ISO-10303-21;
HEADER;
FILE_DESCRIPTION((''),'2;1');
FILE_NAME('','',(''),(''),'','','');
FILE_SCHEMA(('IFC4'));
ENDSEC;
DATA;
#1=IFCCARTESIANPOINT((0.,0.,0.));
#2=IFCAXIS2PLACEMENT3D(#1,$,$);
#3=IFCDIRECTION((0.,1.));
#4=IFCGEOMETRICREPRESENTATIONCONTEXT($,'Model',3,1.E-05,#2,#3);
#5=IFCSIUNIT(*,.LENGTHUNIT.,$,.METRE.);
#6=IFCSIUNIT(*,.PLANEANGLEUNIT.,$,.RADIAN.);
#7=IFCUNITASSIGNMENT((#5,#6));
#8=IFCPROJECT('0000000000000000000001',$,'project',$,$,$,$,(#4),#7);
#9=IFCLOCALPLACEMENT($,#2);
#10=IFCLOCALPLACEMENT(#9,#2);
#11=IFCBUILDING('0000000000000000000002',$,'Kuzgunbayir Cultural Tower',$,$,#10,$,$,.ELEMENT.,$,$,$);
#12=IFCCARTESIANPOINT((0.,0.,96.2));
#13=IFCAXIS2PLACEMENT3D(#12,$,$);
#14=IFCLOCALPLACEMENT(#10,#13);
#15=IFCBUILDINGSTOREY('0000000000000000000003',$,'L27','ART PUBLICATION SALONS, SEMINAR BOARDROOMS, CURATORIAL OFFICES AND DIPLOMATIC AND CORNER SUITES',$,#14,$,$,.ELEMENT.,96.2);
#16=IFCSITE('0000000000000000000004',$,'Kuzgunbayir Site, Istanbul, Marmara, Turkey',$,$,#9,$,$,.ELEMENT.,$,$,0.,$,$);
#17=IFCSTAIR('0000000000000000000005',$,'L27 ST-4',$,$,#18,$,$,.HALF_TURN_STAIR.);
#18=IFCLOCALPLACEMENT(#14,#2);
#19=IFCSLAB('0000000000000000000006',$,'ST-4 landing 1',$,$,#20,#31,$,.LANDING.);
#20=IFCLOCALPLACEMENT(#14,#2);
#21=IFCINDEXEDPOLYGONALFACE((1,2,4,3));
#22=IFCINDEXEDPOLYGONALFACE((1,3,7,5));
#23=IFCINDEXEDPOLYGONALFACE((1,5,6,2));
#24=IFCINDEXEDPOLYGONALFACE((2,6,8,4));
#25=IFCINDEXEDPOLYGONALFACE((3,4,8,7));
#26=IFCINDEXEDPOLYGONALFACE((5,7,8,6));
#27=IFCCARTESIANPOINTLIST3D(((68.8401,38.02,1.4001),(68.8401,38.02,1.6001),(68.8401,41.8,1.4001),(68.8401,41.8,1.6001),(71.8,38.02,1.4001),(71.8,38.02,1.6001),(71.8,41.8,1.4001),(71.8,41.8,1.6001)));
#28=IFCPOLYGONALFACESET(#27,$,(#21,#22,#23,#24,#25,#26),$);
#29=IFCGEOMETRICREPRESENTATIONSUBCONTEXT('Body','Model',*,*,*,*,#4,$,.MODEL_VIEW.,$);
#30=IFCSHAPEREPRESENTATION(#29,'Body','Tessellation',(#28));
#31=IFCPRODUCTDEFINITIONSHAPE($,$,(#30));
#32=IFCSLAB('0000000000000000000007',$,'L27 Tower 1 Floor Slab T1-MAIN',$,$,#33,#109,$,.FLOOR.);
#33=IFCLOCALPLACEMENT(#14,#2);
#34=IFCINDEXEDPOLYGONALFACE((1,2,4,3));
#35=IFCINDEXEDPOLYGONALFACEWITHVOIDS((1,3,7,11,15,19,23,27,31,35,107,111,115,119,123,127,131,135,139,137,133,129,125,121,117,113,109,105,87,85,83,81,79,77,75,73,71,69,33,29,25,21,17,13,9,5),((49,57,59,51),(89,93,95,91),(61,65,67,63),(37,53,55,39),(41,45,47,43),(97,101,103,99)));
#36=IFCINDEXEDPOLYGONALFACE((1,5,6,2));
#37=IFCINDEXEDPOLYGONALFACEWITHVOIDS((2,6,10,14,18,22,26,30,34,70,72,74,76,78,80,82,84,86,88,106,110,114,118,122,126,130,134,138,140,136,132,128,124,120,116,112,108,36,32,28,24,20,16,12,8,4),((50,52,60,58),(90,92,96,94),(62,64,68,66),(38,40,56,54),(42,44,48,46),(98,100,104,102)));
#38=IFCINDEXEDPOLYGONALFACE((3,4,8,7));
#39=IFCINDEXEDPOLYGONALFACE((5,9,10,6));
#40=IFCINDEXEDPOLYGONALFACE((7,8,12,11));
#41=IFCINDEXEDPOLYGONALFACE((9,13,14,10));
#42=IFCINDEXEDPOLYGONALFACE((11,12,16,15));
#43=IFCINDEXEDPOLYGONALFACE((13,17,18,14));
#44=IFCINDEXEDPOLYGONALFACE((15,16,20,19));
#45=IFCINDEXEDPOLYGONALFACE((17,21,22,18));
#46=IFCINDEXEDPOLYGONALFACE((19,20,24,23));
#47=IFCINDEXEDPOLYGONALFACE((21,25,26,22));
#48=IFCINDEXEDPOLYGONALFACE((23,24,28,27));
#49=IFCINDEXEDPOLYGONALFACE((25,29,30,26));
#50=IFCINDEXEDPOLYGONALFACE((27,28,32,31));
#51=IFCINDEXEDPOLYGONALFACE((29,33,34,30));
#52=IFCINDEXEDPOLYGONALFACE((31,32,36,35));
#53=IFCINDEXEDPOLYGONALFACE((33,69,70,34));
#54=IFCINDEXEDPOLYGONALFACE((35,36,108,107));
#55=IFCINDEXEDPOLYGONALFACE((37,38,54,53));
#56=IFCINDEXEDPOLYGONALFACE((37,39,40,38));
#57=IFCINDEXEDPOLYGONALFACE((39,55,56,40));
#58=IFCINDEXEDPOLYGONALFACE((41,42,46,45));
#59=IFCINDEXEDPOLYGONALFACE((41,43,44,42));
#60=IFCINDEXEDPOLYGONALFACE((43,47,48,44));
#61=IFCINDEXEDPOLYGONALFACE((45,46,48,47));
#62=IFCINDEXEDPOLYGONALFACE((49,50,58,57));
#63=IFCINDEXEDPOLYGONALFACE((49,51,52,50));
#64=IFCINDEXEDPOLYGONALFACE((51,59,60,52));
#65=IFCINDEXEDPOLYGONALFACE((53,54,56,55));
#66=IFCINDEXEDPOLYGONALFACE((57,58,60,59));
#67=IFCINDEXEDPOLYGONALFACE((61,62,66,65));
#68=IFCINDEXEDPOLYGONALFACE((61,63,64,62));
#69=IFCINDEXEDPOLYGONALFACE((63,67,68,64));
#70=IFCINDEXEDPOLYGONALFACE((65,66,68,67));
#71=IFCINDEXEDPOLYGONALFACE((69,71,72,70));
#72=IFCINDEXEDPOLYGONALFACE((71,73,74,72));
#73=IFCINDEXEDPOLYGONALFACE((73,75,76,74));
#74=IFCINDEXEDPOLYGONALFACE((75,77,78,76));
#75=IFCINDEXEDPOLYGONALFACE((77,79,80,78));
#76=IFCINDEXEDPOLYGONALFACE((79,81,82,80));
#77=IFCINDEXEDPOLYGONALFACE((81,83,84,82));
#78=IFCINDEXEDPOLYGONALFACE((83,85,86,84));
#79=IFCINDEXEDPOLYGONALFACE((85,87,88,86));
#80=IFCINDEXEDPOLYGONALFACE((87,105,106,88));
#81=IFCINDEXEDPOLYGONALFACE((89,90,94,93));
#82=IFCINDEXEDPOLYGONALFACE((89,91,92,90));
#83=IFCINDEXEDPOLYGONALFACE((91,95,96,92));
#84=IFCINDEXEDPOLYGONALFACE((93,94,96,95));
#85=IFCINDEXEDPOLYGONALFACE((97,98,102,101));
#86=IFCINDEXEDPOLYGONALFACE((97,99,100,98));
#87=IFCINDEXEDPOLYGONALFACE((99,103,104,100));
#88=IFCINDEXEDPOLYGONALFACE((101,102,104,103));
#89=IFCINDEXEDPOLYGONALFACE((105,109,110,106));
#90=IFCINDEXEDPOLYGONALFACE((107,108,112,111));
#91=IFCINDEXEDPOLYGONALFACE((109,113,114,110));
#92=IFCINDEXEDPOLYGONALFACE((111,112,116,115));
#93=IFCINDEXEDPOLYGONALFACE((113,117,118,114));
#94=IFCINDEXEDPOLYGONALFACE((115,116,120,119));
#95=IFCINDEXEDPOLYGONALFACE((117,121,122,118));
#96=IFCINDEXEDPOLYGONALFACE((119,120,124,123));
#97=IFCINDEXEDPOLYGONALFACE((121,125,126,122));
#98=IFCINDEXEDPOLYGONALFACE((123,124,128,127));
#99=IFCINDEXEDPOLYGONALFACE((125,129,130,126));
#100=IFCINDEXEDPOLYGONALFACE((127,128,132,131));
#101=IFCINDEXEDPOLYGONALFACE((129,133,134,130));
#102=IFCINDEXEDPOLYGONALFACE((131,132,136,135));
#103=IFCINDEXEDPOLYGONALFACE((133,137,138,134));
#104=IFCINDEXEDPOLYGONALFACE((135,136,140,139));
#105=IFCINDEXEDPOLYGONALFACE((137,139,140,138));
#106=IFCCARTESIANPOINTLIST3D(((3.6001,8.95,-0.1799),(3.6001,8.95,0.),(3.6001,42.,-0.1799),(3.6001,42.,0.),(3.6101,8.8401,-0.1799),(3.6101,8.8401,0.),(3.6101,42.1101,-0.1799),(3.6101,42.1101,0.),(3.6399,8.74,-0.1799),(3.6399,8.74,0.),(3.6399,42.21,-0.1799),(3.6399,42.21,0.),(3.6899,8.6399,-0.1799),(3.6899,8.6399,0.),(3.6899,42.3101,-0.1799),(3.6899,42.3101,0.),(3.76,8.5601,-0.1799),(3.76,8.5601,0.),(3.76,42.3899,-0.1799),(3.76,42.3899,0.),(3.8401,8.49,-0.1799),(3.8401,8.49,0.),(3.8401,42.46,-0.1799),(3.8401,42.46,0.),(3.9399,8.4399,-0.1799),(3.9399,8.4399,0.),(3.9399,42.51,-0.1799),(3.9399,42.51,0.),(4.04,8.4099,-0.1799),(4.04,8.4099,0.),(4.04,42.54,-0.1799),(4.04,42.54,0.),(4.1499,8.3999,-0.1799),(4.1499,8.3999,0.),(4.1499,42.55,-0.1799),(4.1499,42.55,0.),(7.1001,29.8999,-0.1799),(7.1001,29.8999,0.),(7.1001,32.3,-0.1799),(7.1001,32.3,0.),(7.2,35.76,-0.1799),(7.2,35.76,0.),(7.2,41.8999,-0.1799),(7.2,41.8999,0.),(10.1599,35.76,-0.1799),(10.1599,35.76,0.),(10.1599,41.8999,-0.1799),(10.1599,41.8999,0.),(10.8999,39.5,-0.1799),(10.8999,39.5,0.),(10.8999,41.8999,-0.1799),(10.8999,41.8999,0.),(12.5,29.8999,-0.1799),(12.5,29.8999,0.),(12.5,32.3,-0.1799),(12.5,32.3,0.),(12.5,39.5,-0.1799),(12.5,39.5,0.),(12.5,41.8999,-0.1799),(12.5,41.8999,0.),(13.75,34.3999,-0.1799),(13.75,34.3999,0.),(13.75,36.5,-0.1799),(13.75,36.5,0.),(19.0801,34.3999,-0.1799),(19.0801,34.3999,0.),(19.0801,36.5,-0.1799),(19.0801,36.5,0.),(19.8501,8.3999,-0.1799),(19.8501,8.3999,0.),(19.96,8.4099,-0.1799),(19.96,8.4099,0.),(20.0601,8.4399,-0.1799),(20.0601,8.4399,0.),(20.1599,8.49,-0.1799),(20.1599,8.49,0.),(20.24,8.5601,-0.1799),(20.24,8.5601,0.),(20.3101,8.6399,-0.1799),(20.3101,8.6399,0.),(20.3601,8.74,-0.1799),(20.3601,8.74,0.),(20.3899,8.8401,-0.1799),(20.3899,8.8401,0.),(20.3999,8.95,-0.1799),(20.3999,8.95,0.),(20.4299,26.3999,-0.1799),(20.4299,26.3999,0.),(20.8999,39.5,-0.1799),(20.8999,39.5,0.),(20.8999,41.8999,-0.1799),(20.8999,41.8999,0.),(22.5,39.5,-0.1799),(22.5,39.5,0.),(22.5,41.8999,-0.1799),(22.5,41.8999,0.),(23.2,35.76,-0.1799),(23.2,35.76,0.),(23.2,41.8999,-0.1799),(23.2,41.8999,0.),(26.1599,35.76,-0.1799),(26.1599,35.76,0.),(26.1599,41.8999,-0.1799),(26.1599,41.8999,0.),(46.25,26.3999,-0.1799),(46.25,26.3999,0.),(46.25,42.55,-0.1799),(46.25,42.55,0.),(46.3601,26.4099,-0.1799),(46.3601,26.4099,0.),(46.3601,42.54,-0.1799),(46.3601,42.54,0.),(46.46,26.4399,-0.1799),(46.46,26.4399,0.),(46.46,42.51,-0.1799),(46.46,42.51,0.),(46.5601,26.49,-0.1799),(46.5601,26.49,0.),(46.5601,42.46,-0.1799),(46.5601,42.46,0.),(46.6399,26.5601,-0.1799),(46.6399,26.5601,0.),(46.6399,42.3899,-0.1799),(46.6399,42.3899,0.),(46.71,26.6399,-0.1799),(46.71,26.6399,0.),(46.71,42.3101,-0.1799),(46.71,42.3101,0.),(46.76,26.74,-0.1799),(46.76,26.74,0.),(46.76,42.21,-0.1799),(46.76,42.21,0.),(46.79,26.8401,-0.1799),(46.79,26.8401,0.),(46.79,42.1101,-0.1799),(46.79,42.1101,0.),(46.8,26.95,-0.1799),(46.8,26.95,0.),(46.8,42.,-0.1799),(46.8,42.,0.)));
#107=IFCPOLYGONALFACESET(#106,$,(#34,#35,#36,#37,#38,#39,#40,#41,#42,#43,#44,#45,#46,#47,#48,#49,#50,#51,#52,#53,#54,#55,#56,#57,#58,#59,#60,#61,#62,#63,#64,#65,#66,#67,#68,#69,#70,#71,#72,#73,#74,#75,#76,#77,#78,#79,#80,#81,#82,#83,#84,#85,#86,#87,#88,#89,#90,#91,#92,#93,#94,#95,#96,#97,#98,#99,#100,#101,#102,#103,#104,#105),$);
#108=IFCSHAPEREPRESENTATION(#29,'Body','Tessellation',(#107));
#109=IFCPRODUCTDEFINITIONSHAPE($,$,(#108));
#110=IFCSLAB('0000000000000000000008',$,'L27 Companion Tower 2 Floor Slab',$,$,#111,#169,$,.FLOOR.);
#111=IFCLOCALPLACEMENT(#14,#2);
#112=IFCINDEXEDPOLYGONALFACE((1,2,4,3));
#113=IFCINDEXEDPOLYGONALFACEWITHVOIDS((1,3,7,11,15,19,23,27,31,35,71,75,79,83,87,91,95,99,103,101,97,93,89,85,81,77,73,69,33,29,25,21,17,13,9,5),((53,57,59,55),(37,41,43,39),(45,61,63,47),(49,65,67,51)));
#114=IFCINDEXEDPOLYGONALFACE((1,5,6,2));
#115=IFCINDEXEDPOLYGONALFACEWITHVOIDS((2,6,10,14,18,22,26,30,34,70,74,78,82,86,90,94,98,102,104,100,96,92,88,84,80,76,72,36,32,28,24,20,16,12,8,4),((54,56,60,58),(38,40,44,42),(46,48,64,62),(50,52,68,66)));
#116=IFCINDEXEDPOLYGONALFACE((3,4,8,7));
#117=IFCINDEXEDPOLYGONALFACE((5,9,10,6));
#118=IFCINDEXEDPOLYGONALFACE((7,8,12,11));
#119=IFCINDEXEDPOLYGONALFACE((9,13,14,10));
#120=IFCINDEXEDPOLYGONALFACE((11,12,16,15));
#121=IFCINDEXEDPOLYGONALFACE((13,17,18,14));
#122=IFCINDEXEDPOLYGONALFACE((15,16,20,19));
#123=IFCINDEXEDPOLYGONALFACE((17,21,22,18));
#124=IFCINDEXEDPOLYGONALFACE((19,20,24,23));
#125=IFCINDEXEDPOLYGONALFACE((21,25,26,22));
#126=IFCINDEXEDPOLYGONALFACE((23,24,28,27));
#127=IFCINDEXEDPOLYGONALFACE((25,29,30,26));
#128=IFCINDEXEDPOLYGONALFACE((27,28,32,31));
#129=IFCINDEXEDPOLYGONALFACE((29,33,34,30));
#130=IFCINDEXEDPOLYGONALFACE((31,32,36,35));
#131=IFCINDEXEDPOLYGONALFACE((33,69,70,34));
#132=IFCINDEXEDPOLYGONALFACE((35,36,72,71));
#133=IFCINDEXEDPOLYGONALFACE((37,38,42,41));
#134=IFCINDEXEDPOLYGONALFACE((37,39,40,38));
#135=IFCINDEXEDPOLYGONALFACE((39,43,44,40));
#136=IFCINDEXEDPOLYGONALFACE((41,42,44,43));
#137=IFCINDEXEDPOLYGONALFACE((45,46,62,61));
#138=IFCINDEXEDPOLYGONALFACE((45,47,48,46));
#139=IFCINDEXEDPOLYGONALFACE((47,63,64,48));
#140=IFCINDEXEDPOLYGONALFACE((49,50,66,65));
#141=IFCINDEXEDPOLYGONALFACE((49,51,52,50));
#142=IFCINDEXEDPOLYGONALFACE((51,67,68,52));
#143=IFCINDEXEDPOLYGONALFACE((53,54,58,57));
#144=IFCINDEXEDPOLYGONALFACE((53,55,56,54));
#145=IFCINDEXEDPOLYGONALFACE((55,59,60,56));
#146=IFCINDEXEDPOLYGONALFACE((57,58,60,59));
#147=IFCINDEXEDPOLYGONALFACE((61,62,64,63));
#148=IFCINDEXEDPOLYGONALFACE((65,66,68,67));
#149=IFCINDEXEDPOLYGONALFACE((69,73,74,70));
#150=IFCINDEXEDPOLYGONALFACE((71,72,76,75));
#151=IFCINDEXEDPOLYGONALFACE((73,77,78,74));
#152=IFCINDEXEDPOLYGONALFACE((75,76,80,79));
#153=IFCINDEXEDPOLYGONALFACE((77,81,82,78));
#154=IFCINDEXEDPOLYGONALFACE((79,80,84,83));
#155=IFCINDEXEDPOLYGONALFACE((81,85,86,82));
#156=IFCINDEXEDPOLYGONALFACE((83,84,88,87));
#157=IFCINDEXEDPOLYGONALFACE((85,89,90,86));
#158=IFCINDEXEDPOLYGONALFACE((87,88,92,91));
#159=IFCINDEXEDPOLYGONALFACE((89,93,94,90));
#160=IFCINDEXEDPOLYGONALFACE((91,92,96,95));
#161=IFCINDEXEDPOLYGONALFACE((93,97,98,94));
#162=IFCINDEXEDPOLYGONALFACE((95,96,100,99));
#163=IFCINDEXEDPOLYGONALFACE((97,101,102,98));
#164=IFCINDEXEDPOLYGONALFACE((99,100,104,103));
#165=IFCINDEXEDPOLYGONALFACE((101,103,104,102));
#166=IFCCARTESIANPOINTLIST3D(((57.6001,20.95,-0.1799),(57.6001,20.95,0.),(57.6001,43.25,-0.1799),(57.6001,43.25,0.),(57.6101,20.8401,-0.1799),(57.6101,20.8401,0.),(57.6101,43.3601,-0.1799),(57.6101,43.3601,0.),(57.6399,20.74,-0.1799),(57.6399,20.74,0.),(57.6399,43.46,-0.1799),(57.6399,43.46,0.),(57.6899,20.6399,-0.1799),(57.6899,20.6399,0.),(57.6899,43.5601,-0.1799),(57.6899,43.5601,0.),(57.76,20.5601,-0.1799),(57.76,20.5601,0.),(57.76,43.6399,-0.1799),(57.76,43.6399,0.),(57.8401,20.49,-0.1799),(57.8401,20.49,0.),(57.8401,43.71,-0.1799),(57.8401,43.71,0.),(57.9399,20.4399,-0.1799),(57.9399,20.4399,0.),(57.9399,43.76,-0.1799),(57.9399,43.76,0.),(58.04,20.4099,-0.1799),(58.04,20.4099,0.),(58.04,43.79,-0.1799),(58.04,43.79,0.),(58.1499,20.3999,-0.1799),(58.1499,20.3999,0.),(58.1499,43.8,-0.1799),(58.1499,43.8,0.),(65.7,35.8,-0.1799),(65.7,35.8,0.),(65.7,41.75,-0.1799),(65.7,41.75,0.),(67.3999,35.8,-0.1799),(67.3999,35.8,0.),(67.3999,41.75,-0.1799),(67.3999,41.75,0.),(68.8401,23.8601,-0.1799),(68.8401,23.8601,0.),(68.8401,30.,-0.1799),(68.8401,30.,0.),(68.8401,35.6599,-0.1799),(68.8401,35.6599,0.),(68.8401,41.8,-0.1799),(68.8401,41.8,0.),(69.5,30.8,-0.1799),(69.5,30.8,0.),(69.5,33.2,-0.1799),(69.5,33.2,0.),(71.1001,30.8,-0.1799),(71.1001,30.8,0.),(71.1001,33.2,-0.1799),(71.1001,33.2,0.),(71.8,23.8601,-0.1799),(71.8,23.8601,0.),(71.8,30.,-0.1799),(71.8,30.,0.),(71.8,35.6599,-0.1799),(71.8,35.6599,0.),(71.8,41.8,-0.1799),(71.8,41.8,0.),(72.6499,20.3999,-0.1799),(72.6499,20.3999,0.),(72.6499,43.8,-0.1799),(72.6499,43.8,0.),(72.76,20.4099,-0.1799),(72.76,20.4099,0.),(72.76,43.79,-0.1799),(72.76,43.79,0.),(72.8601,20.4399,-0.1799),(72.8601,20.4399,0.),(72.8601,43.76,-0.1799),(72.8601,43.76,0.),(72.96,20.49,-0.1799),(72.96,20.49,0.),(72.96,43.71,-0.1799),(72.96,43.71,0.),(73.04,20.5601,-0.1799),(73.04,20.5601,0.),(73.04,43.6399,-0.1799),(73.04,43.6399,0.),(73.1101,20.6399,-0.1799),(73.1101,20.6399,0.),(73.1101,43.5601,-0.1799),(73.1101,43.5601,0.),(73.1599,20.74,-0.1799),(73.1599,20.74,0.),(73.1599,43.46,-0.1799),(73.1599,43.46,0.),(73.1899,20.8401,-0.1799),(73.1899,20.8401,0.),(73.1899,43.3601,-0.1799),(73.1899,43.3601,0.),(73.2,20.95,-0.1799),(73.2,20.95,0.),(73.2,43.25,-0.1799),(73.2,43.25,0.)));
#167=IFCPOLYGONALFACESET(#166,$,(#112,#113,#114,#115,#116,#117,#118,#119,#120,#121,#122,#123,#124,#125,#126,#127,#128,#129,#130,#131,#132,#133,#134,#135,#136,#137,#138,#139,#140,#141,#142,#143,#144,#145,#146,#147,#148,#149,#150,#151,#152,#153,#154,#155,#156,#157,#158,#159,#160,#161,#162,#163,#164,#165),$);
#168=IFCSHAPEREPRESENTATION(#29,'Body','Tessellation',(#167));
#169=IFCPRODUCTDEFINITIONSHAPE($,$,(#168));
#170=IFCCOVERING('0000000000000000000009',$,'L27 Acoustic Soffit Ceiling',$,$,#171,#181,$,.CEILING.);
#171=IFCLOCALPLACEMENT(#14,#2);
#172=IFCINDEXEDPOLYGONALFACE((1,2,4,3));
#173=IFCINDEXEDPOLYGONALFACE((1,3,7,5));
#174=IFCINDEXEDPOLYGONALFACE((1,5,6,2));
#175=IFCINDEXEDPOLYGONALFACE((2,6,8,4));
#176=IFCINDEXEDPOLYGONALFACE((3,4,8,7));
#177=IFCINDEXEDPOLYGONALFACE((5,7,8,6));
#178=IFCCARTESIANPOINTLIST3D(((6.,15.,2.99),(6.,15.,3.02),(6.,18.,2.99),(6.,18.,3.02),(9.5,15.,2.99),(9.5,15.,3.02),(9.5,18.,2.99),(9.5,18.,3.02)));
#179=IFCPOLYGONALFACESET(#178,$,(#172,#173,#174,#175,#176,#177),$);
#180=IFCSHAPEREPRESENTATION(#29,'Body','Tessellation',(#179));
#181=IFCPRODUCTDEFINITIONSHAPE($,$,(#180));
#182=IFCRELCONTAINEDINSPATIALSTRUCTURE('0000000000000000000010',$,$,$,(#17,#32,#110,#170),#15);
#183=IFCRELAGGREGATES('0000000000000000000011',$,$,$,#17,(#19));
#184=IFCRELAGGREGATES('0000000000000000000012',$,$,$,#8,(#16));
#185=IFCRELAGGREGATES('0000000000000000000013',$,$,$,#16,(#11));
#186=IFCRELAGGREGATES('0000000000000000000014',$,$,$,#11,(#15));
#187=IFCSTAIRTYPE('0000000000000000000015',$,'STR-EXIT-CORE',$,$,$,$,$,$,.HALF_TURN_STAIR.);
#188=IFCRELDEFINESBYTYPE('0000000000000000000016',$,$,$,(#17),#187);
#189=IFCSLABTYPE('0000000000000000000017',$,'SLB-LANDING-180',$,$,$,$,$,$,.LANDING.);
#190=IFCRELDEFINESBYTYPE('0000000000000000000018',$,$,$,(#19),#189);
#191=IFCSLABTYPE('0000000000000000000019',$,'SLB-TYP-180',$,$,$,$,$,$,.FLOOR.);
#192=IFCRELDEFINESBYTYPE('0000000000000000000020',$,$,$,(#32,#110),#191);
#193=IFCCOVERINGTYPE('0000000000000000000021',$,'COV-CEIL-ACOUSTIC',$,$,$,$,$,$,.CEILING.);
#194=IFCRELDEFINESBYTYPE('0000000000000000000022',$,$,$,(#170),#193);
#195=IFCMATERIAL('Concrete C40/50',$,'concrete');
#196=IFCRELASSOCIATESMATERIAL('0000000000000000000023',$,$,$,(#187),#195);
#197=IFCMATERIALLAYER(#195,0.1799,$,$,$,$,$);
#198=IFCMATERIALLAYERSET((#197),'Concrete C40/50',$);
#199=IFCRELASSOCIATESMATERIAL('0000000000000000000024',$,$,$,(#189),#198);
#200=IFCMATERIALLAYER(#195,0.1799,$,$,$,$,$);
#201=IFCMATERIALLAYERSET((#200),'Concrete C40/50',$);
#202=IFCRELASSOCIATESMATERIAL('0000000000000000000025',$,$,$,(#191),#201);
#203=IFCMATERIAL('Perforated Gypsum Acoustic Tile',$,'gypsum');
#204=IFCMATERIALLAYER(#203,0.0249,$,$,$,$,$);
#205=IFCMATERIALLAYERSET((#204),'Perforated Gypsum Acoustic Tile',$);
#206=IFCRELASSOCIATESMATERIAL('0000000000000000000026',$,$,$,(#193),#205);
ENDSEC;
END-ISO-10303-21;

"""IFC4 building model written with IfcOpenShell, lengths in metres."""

from ifc_helpers import new_model, si_unit, direction, frame, origin, place, context, subcontext, project, spatial, polyline, outline, extrude, material, layer, layer_set, type_object, element, aggregate, save


model = new_model("IFC4")

# Units and contexts
model_context = context("Model", 3, precision=1e-05, world=origin(), true_north=direction((0.0, 1.0)))
body_context = subcontext(model_context, "Body", "Model", "MODEL_VIEW")
ifc_project = project(units=[si_unit("LENGTHUNIT", "METRE"), si_unit("PLANEANGLEUNIT", "RADIAN")], contexts=[model_context])

# Site, building, storey
site_placement = place(None, origin())
site = spatial("IfcSite", under=ifc_project, at=site_placement, Name="Kuzgunbayir Site, Istanbul, Marmara, Turkey", CompositionType="ELEMENT", RefElevation=0.0)
building_placement = place(site_placement, origin())
building = spatial("IfcBuilding", under=site, at=building_placement, Name="Kuzgunbayir Cultural Tower", CompositionType="ELEMENT")
storey_placement = place(building_placement, frame((0.0, 0.0, 96.2)))
storey = spatial("IfcBuildingStorey", under=building, at=storey_placement, Name="L27", Description="ART PUBLICATION SALONS, SEMINAR BOARDROOMS, CURATORIAL OFFICES AND DIPLOMATIC AND CORNER SUITES", CompositionType="ELEMENT", Elevation=96.2)

# Shared definitions
ifc_material_1 = material(Name="Concrete C40/50", Category="concrete")

# Stair, slab
stair_type = type_object("IfcStairType", Name="STR-EXIT-CORE", PredefinedType="HALF_TURN_STAIR", material=ifc_material_1)
ifc_layer_1 = layer(ifc_material_1, 0.1799)
ifc_layer_set_1 = layer_set([ifc_layer_1], Name="Concrete C40/50")
slab_type_1 = type_object("IfcSlabType", Name="SLB-LANDING-180", PredefinedType="LANDING", material=ifc_layer_set_1)
stair_1_placement = place(storey_placement, origin())
stair_1 = element("IfcStair", 1, at=stair_1_placement, inside=storey, type_object=stair_type, Name="L27 ST-4", PredefinedType="HALF_TURN_STAIR")
slab_1_placement = place(storey_placement, frame((0.0, 0.0, 1.4001)))
slab_1 = element("IfcSlab", 2, at=slab_1_placement, type_object=slab_type_1, Name="ST-4 landing 1", PredefinedType="LANDING", context=body_context, shape_type="SweptSolid", body=[
    extrude(outline(polyline([(71.8, 38.02), (71.8, 41.8), (68.8401, 41.8), (68.8401, 38.02), (71.8, 38.02)])), origin(), (0.0, 0.0, 1.0), 0.2),
])
aggregate(stair_1, [slab_1])

# Slabs
ifc_layer_2 = layer(ifc_material_1, 0.1799)
ifc_layer_set_2 = layer_set([ifc_layer_2], Name="Concrete C40/50")
slab_type_2 = type_object("IfcSlabType", Name="SLB-TYP-180", PredefinedType="FLOOR", material=ifc_layer_set_2)
slab_2_placement = place(storey_placement, frame((0.0, 0.0, -0.1799)))
element("IfcSlab", 3, at=slab_2_placement, inside=storey, type_object=slab_type_2, Name="L27 Tower 1 Floor Slab T1-MAIN", PredefinedType="FLOOR", context=body_context, shape_type="SweptSolid", body=[
    extrude(outline(polyline([(20.3999, 8.95), (20.3899, 8.8401), (20.3601, 8.74), (20.3101, 8.6399), (20.24, 8.5601), (20.1599, 8.49), (20.0601, 8.4399), (19.96, 8.4099), (19.8501, 8.3999), (4.1499, 8.3999), (4.04, 8.4099), (3.9399, 8.4399), (3.8401, 8.49), (3.76, 8.5601), (3.6899, 8.6399), (3.6399, 8.74), (3.6101, 8.8401), (3.6001, 8.95), (3.6001, 42.0), (3.6101, 42.1101), (3.6399, 42.21), (3.6899, 42.3101), (3.76, 42.3899), (3.8401, 42.46), (3.9399, 42.51), (4.04, 42.54), (4.1499, 42.55), (46.25, 42.55), (46.3601, 42.54), (46.46, 42.51), (46.5601, 42.46), (46.6399, 42.3899), (46.71, 42.3101), (46.76, 42.21), (46.79, 42.1101), (46.8, 42.0), (46.8, 26.95), (46.79, 26.8401), (46.76, 26.74), (46.71, 26.6399), (46.6399, 26.5601), (46.5601, 26.49), (46.46, 26.4399), (46.3601, 26.4099), (46.25, 26.3999), (20.4299, 26.3999), (20.3999, 8.95)]), holes=[polyline([(7.2, 35.76), (7.2, 41.8999), (10.1599, 41.8999), (10.1599, 35.76), (7.2, 35.76)]), polyline([(23.2, 35.76), (23.2, 41.8999), (26.1599, 41.8999), (26.1599, 35.76), (23.2, 35.76)]), polyline([(13.75, 34.3999), (13.75, 36.5), (19.0801, 36.5), (19.0801, 34.3999), (13.75, 34.3999)]), polyline([(7.1001, 29.8999), (7.1001, 32.3), (12.5, 32.3), (12.5, 29.8999), (7.1001, 29.8999)]), polyline([(10.8999, 39.5), (10.8999, 41.8999), (12.5, 41.8999), (12.5, 39.5), (10.8999, 39.5)]), polyline([(20.8999, 39.5), (20.8999, 41.8999), (22.5, 41.8999), (22.5, 39.5), (20.8999, 39.5)])]), origin(), (0.0, 0.0, 1.0), 0.1799),
])
slab_3_placement = place(storey_placement, frame((0.0, 0.0, -0.1799)))
element("IfcSlab", 4, at=slab_3_placement, inside=storey, type_object=slab_type_2, Name="L27 Companion Tower 2 Floor Slab", PredefinedType="FLOOR", context=body_context, shape_type="SweptSolid", body=[
    extrude(outline(polyline([(72.6499, 20.3999), (72.76, 20.4099), (72.8601, 20.4399), (72.96, 20.49), (73.04, 20.5601), (73.1101, 20.6399), (73.1599, 20.74), (73.1899, 20.8401), (73.2, 20.95), (73.2, 43.25), (73.1899, 43.3601), (73.1599, 43.46), (73.1101, 43.5601), (73.04, 43.6399), (72.96, 43.71), (72.8601, 43.76), (72.76, 43.79), (72.6499, 43.8), (58.1499, 43.8), (58.04, 43.79), (57.9399, 43.76), (57.8401, 43.71), (57.76, 43.6399), (57.6899, 43.5601), (57.6399, 43.46), (57.6101, 43.3601), (57.6001, 43.25), (57.6001, 20.95), (57.6101, 20.8401), (57.6399, 20.74), (57.6899, 20.6399), (57.76, 20.5601), (57.8401, 20.49), (57.9399, 20.4399), (58.04, 20.4099), (58.1499, 20.3999), (72.6499, 20.3999)]), holes=[polyline([(68.8401, 23.8601), (68.8401, 30.0), (71.8, 30.0), (71.8, 23.8601), (68.8401, 23.8601)]), polyline([(68.8401, 35.6599), (68.8401, 41.8), (71.8, 41.8), (71.8, 35.6599), (68.8401, 35.6599)]), polyline([(65.7, 35.8), (65.7, 41.75), (67.3999, 41.75), (67.3999, 35.8), (65.7, 35.8)]), polyline([(69.5, 30.8), (69.5, 33.2), (71.1001, 33.2), (71.1001, 30.8), (69.5, 30.8)])]), origin(), (0.0, 0.0, 1.0), 0.1799),
])

# Covering
ifc_material_2 = material(Name="Perforated Gypsum Acoustic Tile", Category="gypsum")
ifc_layer_3 = layer(ifc_material_2, 0.0249)
ifc_layer_set_3 = layer_set([ifc_layer_3], Name="Perforated Gypsum Acoustic Tile")
covering_type_1 = type_object("IfcCoveringType", Name="COV-CEIL-ACOUSTIC", PredefinedType="CEILING", material=ifc_layer_set_3)
covering_1_placement = place(storey_placement, frame((0.0, 0.0, 2.99)))
element("IfcCovering", 5, at=covering_1_placement, inside=storey, type_object=covering_type_1, Name="L27 Acoustic Soffit Ceiling", PredefinedType="CEILING", context=body_context, shape_type="SweptSolid", body=[
    extrude(outline(polyline([(6.0, 15.0), (9.5, 15.0), (9.5, 18.0), (6.0, 18.0), (6.0, 15.0)])), origin(), (0.0, 0.0, 1.0), 0.03),
])

save(model, "model.ifc")
